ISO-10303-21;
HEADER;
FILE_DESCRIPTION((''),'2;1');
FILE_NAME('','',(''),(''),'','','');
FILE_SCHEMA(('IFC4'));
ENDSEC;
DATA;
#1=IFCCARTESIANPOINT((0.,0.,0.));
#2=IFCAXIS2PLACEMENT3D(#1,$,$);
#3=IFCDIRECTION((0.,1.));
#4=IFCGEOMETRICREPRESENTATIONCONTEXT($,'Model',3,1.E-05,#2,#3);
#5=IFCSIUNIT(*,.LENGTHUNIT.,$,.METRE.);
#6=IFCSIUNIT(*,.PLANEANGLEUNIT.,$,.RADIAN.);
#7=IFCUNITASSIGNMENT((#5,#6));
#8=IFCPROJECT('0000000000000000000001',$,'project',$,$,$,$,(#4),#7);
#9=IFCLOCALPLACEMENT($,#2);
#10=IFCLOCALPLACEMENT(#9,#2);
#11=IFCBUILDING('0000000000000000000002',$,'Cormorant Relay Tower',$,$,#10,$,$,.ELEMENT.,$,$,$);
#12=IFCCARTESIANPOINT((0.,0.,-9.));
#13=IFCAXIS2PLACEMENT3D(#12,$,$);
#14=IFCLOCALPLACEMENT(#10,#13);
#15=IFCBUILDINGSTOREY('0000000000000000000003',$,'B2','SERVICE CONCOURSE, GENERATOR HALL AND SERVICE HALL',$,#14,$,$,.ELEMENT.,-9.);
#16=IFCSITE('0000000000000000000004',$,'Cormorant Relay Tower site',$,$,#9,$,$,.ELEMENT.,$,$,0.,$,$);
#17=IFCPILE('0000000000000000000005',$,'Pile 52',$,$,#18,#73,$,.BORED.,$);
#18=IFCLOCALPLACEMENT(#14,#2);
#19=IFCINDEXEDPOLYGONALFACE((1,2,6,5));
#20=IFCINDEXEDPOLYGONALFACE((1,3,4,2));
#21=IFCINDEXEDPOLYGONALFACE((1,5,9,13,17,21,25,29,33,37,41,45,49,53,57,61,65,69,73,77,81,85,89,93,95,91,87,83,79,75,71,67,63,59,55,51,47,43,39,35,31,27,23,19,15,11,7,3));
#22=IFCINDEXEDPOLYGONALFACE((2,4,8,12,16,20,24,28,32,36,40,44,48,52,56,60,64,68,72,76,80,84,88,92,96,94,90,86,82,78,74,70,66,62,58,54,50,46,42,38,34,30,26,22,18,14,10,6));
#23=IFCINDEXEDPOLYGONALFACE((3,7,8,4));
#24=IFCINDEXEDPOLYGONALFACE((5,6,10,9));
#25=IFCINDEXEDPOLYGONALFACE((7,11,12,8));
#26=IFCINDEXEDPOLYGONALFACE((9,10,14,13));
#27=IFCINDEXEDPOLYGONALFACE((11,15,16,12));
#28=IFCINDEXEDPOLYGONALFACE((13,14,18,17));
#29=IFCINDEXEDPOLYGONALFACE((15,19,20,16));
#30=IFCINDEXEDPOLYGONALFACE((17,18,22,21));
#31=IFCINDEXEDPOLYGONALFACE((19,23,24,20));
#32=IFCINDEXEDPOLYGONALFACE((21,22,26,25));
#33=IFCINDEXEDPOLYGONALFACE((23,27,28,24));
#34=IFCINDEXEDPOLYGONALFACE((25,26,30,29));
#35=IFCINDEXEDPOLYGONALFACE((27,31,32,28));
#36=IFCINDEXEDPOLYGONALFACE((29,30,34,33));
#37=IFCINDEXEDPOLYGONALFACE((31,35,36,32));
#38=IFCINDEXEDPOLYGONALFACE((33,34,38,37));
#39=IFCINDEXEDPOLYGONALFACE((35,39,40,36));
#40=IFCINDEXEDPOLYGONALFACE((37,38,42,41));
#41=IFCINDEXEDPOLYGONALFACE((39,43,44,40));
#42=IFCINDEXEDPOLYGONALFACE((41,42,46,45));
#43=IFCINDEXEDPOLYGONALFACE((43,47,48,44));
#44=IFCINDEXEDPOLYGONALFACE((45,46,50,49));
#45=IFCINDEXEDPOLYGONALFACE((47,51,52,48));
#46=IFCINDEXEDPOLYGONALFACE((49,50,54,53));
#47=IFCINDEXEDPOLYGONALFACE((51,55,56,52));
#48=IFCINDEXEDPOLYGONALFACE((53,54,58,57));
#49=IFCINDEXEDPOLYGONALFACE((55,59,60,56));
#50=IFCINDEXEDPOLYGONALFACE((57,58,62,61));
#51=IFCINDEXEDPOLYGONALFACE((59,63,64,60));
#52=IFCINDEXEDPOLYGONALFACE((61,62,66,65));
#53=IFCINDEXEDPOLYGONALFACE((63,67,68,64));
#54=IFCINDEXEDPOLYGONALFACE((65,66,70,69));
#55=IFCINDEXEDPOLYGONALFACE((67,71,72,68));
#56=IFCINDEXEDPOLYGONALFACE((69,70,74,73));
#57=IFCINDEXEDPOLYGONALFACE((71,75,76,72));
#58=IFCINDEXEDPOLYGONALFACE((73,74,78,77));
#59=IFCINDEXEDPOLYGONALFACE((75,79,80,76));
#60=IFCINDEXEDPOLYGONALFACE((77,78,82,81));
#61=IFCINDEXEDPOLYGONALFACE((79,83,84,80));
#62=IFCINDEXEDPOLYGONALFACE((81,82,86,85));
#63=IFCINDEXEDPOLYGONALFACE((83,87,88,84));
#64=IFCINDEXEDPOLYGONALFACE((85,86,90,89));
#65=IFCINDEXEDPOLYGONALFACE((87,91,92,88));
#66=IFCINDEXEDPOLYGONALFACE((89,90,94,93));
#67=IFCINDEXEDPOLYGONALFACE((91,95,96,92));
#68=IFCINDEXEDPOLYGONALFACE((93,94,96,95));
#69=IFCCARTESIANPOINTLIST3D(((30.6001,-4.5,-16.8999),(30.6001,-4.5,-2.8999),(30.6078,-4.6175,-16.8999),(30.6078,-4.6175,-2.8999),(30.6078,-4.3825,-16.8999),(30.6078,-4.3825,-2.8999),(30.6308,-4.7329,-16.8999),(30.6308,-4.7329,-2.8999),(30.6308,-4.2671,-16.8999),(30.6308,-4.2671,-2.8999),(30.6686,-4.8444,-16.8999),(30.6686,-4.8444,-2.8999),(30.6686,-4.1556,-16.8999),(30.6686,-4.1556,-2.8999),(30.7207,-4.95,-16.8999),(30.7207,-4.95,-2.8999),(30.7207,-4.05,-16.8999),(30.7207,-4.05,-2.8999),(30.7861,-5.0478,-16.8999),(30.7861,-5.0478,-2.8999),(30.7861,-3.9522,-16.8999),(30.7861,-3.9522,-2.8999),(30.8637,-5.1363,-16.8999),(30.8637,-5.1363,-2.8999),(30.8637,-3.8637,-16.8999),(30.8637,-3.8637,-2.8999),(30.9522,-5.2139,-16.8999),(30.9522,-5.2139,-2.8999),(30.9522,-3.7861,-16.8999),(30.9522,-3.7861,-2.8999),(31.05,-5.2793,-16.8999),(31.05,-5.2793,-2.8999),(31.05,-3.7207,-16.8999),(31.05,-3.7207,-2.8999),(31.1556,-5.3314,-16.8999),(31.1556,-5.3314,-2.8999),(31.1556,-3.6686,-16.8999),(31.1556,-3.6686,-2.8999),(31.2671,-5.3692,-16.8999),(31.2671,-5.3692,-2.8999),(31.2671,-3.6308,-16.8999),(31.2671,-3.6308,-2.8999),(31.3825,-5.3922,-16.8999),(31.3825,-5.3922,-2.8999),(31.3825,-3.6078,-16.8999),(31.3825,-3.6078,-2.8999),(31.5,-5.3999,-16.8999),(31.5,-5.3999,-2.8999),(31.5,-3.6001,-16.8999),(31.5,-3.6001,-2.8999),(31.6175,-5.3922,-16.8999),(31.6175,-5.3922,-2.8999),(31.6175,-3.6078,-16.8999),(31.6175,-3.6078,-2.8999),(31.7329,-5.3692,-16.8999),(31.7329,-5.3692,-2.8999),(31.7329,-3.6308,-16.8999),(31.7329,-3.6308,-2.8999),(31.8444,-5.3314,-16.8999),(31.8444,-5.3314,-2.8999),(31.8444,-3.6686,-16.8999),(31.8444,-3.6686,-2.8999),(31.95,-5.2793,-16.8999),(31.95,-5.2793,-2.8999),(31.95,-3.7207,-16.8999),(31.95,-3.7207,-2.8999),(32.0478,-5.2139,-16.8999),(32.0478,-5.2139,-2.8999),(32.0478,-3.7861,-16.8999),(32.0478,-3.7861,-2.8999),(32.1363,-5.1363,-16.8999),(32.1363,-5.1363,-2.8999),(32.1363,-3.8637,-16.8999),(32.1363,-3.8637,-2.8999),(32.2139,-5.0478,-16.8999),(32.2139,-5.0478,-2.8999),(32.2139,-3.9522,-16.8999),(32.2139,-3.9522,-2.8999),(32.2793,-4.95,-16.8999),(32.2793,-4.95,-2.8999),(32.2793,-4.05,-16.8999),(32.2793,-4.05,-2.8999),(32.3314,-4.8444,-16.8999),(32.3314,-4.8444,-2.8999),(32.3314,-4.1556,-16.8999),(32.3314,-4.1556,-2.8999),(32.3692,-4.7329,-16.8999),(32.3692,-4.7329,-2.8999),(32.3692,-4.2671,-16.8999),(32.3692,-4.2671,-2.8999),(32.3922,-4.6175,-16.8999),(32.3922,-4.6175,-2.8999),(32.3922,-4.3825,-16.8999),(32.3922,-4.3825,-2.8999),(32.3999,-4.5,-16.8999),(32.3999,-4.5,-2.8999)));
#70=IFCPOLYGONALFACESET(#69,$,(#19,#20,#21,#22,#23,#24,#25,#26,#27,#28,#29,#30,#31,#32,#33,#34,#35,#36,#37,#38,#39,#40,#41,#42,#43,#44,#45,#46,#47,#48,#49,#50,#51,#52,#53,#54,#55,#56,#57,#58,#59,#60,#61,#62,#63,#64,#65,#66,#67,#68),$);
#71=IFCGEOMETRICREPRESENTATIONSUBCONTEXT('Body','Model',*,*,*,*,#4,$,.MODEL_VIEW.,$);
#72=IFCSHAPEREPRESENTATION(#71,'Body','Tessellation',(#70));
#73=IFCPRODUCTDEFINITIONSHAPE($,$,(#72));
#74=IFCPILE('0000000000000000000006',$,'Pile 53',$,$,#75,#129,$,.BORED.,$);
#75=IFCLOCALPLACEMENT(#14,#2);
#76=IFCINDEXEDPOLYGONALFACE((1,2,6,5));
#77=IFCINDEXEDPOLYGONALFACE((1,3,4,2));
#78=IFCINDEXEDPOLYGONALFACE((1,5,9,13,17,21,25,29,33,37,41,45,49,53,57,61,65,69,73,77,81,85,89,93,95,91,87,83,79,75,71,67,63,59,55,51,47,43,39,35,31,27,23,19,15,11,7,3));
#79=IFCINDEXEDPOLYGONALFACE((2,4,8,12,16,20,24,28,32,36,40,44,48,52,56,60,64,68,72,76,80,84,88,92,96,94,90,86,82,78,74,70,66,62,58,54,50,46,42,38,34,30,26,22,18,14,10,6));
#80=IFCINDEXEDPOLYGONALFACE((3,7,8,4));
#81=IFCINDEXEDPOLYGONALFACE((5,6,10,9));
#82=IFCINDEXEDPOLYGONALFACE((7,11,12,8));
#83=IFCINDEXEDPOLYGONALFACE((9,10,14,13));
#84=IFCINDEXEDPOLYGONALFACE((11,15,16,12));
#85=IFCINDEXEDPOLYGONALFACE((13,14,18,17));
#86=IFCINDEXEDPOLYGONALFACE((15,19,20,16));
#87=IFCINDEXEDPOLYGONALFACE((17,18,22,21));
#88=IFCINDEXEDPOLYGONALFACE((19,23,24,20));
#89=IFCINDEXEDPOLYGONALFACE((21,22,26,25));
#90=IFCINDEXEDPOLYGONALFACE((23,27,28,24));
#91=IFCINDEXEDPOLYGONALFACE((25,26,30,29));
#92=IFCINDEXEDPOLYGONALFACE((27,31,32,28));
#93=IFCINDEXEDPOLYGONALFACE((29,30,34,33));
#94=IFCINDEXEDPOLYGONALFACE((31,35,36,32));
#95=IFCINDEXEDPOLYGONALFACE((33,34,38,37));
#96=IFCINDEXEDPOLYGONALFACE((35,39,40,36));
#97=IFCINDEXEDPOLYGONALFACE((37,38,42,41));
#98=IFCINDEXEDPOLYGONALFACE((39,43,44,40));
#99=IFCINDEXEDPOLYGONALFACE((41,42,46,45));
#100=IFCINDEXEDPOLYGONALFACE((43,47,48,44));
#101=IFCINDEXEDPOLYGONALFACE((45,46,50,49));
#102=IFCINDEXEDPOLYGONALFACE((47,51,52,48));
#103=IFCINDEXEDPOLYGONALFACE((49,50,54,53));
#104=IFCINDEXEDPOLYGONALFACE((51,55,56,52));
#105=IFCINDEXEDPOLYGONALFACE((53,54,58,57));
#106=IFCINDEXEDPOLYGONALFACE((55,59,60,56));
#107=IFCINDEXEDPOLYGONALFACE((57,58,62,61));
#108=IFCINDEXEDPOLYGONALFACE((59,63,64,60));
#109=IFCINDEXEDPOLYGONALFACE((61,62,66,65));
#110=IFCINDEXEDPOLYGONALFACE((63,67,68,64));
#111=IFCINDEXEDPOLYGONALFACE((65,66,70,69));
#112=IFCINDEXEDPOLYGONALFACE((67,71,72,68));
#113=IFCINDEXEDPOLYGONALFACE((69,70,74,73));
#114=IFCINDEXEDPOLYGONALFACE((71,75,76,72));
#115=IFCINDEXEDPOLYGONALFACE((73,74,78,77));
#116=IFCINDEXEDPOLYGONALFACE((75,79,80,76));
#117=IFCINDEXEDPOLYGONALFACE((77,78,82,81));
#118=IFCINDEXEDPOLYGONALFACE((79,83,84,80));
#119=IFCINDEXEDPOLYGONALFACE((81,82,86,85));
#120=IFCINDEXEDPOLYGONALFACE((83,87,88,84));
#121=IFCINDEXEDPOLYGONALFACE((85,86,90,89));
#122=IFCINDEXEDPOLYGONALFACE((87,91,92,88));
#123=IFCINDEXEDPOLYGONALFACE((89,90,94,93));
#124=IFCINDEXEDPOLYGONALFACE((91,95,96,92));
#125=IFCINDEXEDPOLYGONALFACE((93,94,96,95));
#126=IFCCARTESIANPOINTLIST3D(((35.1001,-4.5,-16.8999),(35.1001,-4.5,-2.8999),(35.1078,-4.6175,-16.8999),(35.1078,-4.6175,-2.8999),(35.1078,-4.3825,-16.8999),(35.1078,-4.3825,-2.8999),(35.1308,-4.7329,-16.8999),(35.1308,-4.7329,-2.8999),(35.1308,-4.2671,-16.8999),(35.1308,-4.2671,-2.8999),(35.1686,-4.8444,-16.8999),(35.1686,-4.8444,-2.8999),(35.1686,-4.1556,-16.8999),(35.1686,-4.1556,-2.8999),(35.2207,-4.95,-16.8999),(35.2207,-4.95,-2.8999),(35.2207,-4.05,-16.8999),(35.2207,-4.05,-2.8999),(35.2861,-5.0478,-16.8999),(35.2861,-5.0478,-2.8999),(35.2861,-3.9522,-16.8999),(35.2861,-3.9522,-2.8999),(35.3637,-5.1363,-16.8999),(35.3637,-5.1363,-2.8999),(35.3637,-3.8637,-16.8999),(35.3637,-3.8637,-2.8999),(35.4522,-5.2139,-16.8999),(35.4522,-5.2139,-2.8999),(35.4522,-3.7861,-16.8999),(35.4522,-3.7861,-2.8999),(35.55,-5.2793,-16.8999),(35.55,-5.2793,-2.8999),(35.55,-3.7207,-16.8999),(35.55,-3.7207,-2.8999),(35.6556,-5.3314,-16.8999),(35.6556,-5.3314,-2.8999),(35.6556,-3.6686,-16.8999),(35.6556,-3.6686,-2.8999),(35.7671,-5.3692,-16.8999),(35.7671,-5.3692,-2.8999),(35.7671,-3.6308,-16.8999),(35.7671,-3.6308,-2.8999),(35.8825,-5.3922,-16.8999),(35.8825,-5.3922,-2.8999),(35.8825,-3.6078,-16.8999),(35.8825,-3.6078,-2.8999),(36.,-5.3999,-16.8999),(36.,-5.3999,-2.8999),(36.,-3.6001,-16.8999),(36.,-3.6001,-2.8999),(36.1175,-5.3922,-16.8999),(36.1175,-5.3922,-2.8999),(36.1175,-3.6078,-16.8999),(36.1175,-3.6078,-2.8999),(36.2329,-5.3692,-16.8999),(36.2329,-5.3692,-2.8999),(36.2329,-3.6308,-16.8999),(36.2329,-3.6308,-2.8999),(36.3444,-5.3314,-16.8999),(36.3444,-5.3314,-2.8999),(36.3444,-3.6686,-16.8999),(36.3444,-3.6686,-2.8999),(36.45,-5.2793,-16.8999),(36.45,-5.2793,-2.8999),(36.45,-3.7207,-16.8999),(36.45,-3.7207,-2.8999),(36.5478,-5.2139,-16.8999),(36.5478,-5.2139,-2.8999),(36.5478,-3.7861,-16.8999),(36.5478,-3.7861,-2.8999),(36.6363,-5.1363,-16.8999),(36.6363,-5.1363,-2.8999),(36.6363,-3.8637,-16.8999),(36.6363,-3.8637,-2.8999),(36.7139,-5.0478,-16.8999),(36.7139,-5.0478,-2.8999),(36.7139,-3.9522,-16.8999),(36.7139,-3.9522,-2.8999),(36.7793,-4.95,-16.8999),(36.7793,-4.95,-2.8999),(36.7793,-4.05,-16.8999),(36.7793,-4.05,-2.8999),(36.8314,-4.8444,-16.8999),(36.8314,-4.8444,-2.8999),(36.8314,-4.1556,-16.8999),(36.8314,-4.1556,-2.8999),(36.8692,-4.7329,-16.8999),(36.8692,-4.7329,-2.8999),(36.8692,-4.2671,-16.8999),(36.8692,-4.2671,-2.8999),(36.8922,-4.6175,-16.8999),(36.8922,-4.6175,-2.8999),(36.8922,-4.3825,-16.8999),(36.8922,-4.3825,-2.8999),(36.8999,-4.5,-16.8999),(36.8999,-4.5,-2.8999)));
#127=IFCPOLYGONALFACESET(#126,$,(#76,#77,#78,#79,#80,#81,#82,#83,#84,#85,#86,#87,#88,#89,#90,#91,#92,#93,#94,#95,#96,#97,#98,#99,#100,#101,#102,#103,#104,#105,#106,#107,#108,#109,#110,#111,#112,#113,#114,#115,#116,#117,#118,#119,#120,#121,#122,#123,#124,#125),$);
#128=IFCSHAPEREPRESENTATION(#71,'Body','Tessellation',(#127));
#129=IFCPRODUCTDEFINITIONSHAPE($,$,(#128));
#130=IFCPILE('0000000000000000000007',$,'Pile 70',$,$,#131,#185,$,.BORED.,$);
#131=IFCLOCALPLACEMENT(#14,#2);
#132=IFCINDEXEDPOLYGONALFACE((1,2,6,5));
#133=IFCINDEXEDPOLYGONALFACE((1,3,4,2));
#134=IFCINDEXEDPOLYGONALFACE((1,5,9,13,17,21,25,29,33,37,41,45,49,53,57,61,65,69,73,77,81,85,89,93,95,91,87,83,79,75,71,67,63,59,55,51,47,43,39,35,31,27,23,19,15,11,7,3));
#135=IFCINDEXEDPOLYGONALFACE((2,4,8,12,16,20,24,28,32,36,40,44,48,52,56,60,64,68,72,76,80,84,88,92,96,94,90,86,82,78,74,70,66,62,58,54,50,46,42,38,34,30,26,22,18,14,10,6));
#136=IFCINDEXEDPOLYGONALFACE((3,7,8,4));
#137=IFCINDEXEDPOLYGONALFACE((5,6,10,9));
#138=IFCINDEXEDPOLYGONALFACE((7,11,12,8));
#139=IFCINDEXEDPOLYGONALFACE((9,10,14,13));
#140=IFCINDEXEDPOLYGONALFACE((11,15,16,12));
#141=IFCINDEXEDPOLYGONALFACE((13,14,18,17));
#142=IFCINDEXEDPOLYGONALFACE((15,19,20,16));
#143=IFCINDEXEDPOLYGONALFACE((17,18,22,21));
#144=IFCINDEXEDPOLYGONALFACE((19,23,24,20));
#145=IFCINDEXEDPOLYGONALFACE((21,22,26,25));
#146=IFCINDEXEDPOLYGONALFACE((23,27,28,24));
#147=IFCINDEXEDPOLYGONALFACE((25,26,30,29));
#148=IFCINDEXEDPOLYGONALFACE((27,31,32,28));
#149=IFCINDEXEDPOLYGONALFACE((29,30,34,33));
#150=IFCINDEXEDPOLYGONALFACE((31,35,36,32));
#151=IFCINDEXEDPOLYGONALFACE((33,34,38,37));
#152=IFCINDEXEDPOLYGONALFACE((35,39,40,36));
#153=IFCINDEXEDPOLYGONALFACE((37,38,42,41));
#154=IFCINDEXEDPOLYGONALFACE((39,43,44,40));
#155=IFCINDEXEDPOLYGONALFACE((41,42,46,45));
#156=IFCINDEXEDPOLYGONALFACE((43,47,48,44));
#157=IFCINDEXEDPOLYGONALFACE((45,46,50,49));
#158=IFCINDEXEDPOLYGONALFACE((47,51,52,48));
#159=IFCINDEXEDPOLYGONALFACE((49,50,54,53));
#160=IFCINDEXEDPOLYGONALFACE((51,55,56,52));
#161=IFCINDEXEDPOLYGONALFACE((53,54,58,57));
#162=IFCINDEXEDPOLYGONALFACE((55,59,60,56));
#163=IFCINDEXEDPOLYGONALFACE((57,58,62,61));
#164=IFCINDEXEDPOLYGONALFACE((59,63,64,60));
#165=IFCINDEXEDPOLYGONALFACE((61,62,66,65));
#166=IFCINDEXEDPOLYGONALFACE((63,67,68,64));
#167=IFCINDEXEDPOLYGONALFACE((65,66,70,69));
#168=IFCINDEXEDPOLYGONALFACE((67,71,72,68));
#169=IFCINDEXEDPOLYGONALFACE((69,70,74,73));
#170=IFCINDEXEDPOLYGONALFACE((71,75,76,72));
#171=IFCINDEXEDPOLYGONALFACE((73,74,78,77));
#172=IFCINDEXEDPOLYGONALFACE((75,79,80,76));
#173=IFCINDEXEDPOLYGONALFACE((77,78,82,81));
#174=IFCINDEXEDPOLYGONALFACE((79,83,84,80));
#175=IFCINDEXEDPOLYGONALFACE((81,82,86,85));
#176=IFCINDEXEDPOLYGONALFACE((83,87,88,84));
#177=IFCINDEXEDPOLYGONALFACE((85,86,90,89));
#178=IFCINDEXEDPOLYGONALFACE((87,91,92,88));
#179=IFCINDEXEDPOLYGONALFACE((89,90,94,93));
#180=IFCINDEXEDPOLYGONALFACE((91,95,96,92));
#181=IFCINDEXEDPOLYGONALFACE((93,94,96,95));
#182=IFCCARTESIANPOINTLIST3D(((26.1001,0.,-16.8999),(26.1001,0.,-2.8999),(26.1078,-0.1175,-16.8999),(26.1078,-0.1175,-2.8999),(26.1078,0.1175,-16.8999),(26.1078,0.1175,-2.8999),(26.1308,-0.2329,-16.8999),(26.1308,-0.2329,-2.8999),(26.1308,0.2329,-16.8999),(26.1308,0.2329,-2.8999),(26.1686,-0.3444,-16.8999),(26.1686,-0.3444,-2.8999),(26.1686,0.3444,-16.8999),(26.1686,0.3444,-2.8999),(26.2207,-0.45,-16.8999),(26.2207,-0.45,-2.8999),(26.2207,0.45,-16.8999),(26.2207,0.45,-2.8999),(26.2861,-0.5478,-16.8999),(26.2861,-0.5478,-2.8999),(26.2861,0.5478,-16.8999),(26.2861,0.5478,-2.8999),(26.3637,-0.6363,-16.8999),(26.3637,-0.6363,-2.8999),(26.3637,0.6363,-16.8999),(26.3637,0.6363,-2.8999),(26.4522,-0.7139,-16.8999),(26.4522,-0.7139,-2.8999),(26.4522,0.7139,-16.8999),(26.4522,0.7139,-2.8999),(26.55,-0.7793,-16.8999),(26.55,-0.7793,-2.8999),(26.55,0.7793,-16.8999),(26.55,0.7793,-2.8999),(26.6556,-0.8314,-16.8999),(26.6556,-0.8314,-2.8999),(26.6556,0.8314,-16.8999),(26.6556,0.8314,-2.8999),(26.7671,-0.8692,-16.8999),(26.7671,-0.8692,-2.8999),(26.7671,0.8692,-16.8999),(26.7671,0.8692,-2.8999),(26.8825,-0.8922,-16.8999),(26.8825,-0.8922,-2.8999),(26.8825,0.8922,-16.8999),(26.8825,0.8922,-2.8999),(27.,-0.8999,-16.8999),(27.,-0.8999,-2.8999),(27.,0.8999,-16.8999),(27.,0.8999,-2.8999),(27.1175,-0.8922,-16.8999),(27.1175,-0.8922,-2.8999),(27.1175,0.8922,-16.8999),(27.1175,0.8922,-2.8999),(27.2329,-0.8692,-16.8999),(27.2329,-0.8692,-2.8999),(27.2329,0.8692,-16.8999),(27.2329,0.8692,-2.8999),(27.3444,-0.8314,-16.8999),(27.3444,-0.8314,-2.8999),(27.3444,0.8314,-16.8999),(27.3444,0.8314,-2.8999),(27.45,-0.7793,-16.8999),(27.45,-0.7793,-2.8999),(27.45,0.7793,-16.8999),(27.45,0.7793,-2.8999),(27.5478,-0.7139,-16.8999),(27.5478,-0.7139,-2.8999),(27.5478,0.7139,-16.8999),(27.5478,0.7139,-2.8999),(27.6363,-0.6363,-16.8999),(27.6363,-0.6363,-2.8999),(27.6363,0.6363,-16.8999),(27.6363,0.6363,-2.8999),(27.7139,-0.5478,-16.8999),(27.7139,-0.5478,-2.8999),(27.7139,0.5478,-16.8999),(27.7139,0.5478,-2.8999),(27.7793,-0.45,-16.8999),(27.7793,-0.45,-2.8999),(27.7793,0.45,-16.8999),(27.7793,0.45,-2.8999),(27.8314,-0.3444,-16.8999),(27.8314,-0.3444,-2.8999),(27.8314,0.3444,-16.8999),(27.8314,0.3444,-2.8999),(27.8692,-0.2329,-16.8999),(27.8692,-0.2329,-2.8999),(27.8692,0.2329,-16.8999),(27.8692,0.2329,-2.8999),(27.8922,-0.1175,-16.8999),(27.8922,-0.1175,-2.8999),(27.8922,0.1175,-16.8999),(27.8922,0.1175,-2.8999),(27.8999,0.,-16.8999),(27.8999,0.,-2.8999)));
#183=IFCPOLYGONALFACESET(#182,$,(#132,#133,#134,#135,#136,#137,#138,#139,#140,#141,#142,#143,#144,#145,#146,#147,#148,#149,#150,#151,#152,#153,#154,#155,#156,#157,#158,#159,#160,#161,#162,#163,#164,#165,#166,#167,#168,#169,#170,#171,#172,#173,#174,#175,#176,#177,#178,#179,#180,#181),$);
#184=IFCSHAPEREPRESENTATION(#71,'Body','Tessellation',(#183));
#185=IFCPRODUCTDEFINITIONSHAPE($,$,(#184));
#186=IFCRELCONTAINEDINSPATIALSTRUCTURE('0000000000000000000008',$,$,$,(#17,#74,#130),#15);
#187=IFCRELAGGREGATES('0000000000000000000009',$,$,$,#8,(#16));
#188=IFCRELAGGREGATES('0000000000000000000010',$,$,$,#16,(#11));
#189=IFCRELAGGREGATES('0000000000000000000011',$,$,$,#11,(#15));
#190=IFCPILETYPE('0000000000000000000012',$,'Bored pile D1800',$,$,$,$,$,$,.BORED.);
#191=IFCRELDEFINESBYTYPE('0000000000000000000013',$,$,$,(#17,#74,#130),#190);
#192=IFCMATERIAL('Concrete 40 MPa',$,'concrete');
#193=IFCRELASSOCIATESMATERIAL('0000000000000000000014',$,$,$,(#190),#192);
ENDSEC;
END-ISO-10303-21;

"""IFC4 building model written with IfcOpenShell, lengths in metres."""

from ifc_helpers import new_model, si_unit, direction, frame, origin, origin_2d, place, context, subcontext, project, spatial, circle, extrude, material, material_profile, profile_set, type_object, element, save


model = new_model("IFC4")

# Units and contexts
model_context = context("Model", 3, precision=1e-05, world=origin(), true_north=direction((0.0, 1.0)))
body_context = subcontext(model_context, "Body", "Model", "MODEL_VIEW")
ifc_project = project(units=[si_unit("LENGTHUNIT", "METRE"), si_unit("PLANEANGLEUNIT", "RADIAN")], contexts=[model_context])

# Site, building, storey
site_placement = place(None, origin())
site = spatial("IfcSite", under=ifc_project, at=site_placement, Name="Cormorant Relay Tower site", CompositionType="ELEMENT", RefElevation=0.0)
building_placement = place(site_placement, origin())
building = spatial("IfcBuilding", under=site, at=building_placement, Name="Cormorant Relay Tower", CompositionType="ELEMENT")
storey_placement = place(building_placement, frame((0.0, 0.0, -9.0)))
storey = spatial("IfcBuildingStorey", under=building, at=storey_placement, Name="B2", Description="SERVICE CONCOURSE, GENERATOR HALL AND SERVICE HALL", CompositionType="ELEMENT", Elevation=-9.0)

# Piles
ifc_material_1 = material(Name="Concrete 40 MPa", Category="concrete")
ifc_material_profile_1 = material_profile(ifc_material_1, circle(Radius=0.8999, at=origin_2d()), Name="BP1800")
ifc_profile_set_1 = profile_set([ifc_material_profile_1], Name="Concrete 40 MPa")
pile_type = type_object("IfcPileType", Name="Bored pile D1800", PredefinedType="BORED", material=ifc_profile_set_1)
for number, where, z_axis, x_axis, name in (
    (1, (31.5, -4.5, -2.8999), (0.0, 0.0, -1.0), (1.0, 0.0, 0.0), "Pile 52"),
    (2, (36.0, -4.5, -2.8999), (0.0, 0.0, -1.0), (1.0, 0.0, 0.0), "Pile 53"),
    (3, (27.0, 0.0, -2.8999), (0.0, 0.0, -1.0), (1.0, 0.0, 0.0), "Pile 70"),
):
    element("IfcPile", number, at=place(storey_placement, frame(where, z_axis=z_axis, x_axis=x_axis)), inside=storey, type_object=pile_type, Name=name, PredefinedType="BORED", context=body_context, shape_type="SweptSolid", body=[
        extrude(circle(Radius=0.8999, at=origin_2d()), origin(), (0.0, 0.0, 1.0), 14.0),
    ])

save(model, "model.ifc")
